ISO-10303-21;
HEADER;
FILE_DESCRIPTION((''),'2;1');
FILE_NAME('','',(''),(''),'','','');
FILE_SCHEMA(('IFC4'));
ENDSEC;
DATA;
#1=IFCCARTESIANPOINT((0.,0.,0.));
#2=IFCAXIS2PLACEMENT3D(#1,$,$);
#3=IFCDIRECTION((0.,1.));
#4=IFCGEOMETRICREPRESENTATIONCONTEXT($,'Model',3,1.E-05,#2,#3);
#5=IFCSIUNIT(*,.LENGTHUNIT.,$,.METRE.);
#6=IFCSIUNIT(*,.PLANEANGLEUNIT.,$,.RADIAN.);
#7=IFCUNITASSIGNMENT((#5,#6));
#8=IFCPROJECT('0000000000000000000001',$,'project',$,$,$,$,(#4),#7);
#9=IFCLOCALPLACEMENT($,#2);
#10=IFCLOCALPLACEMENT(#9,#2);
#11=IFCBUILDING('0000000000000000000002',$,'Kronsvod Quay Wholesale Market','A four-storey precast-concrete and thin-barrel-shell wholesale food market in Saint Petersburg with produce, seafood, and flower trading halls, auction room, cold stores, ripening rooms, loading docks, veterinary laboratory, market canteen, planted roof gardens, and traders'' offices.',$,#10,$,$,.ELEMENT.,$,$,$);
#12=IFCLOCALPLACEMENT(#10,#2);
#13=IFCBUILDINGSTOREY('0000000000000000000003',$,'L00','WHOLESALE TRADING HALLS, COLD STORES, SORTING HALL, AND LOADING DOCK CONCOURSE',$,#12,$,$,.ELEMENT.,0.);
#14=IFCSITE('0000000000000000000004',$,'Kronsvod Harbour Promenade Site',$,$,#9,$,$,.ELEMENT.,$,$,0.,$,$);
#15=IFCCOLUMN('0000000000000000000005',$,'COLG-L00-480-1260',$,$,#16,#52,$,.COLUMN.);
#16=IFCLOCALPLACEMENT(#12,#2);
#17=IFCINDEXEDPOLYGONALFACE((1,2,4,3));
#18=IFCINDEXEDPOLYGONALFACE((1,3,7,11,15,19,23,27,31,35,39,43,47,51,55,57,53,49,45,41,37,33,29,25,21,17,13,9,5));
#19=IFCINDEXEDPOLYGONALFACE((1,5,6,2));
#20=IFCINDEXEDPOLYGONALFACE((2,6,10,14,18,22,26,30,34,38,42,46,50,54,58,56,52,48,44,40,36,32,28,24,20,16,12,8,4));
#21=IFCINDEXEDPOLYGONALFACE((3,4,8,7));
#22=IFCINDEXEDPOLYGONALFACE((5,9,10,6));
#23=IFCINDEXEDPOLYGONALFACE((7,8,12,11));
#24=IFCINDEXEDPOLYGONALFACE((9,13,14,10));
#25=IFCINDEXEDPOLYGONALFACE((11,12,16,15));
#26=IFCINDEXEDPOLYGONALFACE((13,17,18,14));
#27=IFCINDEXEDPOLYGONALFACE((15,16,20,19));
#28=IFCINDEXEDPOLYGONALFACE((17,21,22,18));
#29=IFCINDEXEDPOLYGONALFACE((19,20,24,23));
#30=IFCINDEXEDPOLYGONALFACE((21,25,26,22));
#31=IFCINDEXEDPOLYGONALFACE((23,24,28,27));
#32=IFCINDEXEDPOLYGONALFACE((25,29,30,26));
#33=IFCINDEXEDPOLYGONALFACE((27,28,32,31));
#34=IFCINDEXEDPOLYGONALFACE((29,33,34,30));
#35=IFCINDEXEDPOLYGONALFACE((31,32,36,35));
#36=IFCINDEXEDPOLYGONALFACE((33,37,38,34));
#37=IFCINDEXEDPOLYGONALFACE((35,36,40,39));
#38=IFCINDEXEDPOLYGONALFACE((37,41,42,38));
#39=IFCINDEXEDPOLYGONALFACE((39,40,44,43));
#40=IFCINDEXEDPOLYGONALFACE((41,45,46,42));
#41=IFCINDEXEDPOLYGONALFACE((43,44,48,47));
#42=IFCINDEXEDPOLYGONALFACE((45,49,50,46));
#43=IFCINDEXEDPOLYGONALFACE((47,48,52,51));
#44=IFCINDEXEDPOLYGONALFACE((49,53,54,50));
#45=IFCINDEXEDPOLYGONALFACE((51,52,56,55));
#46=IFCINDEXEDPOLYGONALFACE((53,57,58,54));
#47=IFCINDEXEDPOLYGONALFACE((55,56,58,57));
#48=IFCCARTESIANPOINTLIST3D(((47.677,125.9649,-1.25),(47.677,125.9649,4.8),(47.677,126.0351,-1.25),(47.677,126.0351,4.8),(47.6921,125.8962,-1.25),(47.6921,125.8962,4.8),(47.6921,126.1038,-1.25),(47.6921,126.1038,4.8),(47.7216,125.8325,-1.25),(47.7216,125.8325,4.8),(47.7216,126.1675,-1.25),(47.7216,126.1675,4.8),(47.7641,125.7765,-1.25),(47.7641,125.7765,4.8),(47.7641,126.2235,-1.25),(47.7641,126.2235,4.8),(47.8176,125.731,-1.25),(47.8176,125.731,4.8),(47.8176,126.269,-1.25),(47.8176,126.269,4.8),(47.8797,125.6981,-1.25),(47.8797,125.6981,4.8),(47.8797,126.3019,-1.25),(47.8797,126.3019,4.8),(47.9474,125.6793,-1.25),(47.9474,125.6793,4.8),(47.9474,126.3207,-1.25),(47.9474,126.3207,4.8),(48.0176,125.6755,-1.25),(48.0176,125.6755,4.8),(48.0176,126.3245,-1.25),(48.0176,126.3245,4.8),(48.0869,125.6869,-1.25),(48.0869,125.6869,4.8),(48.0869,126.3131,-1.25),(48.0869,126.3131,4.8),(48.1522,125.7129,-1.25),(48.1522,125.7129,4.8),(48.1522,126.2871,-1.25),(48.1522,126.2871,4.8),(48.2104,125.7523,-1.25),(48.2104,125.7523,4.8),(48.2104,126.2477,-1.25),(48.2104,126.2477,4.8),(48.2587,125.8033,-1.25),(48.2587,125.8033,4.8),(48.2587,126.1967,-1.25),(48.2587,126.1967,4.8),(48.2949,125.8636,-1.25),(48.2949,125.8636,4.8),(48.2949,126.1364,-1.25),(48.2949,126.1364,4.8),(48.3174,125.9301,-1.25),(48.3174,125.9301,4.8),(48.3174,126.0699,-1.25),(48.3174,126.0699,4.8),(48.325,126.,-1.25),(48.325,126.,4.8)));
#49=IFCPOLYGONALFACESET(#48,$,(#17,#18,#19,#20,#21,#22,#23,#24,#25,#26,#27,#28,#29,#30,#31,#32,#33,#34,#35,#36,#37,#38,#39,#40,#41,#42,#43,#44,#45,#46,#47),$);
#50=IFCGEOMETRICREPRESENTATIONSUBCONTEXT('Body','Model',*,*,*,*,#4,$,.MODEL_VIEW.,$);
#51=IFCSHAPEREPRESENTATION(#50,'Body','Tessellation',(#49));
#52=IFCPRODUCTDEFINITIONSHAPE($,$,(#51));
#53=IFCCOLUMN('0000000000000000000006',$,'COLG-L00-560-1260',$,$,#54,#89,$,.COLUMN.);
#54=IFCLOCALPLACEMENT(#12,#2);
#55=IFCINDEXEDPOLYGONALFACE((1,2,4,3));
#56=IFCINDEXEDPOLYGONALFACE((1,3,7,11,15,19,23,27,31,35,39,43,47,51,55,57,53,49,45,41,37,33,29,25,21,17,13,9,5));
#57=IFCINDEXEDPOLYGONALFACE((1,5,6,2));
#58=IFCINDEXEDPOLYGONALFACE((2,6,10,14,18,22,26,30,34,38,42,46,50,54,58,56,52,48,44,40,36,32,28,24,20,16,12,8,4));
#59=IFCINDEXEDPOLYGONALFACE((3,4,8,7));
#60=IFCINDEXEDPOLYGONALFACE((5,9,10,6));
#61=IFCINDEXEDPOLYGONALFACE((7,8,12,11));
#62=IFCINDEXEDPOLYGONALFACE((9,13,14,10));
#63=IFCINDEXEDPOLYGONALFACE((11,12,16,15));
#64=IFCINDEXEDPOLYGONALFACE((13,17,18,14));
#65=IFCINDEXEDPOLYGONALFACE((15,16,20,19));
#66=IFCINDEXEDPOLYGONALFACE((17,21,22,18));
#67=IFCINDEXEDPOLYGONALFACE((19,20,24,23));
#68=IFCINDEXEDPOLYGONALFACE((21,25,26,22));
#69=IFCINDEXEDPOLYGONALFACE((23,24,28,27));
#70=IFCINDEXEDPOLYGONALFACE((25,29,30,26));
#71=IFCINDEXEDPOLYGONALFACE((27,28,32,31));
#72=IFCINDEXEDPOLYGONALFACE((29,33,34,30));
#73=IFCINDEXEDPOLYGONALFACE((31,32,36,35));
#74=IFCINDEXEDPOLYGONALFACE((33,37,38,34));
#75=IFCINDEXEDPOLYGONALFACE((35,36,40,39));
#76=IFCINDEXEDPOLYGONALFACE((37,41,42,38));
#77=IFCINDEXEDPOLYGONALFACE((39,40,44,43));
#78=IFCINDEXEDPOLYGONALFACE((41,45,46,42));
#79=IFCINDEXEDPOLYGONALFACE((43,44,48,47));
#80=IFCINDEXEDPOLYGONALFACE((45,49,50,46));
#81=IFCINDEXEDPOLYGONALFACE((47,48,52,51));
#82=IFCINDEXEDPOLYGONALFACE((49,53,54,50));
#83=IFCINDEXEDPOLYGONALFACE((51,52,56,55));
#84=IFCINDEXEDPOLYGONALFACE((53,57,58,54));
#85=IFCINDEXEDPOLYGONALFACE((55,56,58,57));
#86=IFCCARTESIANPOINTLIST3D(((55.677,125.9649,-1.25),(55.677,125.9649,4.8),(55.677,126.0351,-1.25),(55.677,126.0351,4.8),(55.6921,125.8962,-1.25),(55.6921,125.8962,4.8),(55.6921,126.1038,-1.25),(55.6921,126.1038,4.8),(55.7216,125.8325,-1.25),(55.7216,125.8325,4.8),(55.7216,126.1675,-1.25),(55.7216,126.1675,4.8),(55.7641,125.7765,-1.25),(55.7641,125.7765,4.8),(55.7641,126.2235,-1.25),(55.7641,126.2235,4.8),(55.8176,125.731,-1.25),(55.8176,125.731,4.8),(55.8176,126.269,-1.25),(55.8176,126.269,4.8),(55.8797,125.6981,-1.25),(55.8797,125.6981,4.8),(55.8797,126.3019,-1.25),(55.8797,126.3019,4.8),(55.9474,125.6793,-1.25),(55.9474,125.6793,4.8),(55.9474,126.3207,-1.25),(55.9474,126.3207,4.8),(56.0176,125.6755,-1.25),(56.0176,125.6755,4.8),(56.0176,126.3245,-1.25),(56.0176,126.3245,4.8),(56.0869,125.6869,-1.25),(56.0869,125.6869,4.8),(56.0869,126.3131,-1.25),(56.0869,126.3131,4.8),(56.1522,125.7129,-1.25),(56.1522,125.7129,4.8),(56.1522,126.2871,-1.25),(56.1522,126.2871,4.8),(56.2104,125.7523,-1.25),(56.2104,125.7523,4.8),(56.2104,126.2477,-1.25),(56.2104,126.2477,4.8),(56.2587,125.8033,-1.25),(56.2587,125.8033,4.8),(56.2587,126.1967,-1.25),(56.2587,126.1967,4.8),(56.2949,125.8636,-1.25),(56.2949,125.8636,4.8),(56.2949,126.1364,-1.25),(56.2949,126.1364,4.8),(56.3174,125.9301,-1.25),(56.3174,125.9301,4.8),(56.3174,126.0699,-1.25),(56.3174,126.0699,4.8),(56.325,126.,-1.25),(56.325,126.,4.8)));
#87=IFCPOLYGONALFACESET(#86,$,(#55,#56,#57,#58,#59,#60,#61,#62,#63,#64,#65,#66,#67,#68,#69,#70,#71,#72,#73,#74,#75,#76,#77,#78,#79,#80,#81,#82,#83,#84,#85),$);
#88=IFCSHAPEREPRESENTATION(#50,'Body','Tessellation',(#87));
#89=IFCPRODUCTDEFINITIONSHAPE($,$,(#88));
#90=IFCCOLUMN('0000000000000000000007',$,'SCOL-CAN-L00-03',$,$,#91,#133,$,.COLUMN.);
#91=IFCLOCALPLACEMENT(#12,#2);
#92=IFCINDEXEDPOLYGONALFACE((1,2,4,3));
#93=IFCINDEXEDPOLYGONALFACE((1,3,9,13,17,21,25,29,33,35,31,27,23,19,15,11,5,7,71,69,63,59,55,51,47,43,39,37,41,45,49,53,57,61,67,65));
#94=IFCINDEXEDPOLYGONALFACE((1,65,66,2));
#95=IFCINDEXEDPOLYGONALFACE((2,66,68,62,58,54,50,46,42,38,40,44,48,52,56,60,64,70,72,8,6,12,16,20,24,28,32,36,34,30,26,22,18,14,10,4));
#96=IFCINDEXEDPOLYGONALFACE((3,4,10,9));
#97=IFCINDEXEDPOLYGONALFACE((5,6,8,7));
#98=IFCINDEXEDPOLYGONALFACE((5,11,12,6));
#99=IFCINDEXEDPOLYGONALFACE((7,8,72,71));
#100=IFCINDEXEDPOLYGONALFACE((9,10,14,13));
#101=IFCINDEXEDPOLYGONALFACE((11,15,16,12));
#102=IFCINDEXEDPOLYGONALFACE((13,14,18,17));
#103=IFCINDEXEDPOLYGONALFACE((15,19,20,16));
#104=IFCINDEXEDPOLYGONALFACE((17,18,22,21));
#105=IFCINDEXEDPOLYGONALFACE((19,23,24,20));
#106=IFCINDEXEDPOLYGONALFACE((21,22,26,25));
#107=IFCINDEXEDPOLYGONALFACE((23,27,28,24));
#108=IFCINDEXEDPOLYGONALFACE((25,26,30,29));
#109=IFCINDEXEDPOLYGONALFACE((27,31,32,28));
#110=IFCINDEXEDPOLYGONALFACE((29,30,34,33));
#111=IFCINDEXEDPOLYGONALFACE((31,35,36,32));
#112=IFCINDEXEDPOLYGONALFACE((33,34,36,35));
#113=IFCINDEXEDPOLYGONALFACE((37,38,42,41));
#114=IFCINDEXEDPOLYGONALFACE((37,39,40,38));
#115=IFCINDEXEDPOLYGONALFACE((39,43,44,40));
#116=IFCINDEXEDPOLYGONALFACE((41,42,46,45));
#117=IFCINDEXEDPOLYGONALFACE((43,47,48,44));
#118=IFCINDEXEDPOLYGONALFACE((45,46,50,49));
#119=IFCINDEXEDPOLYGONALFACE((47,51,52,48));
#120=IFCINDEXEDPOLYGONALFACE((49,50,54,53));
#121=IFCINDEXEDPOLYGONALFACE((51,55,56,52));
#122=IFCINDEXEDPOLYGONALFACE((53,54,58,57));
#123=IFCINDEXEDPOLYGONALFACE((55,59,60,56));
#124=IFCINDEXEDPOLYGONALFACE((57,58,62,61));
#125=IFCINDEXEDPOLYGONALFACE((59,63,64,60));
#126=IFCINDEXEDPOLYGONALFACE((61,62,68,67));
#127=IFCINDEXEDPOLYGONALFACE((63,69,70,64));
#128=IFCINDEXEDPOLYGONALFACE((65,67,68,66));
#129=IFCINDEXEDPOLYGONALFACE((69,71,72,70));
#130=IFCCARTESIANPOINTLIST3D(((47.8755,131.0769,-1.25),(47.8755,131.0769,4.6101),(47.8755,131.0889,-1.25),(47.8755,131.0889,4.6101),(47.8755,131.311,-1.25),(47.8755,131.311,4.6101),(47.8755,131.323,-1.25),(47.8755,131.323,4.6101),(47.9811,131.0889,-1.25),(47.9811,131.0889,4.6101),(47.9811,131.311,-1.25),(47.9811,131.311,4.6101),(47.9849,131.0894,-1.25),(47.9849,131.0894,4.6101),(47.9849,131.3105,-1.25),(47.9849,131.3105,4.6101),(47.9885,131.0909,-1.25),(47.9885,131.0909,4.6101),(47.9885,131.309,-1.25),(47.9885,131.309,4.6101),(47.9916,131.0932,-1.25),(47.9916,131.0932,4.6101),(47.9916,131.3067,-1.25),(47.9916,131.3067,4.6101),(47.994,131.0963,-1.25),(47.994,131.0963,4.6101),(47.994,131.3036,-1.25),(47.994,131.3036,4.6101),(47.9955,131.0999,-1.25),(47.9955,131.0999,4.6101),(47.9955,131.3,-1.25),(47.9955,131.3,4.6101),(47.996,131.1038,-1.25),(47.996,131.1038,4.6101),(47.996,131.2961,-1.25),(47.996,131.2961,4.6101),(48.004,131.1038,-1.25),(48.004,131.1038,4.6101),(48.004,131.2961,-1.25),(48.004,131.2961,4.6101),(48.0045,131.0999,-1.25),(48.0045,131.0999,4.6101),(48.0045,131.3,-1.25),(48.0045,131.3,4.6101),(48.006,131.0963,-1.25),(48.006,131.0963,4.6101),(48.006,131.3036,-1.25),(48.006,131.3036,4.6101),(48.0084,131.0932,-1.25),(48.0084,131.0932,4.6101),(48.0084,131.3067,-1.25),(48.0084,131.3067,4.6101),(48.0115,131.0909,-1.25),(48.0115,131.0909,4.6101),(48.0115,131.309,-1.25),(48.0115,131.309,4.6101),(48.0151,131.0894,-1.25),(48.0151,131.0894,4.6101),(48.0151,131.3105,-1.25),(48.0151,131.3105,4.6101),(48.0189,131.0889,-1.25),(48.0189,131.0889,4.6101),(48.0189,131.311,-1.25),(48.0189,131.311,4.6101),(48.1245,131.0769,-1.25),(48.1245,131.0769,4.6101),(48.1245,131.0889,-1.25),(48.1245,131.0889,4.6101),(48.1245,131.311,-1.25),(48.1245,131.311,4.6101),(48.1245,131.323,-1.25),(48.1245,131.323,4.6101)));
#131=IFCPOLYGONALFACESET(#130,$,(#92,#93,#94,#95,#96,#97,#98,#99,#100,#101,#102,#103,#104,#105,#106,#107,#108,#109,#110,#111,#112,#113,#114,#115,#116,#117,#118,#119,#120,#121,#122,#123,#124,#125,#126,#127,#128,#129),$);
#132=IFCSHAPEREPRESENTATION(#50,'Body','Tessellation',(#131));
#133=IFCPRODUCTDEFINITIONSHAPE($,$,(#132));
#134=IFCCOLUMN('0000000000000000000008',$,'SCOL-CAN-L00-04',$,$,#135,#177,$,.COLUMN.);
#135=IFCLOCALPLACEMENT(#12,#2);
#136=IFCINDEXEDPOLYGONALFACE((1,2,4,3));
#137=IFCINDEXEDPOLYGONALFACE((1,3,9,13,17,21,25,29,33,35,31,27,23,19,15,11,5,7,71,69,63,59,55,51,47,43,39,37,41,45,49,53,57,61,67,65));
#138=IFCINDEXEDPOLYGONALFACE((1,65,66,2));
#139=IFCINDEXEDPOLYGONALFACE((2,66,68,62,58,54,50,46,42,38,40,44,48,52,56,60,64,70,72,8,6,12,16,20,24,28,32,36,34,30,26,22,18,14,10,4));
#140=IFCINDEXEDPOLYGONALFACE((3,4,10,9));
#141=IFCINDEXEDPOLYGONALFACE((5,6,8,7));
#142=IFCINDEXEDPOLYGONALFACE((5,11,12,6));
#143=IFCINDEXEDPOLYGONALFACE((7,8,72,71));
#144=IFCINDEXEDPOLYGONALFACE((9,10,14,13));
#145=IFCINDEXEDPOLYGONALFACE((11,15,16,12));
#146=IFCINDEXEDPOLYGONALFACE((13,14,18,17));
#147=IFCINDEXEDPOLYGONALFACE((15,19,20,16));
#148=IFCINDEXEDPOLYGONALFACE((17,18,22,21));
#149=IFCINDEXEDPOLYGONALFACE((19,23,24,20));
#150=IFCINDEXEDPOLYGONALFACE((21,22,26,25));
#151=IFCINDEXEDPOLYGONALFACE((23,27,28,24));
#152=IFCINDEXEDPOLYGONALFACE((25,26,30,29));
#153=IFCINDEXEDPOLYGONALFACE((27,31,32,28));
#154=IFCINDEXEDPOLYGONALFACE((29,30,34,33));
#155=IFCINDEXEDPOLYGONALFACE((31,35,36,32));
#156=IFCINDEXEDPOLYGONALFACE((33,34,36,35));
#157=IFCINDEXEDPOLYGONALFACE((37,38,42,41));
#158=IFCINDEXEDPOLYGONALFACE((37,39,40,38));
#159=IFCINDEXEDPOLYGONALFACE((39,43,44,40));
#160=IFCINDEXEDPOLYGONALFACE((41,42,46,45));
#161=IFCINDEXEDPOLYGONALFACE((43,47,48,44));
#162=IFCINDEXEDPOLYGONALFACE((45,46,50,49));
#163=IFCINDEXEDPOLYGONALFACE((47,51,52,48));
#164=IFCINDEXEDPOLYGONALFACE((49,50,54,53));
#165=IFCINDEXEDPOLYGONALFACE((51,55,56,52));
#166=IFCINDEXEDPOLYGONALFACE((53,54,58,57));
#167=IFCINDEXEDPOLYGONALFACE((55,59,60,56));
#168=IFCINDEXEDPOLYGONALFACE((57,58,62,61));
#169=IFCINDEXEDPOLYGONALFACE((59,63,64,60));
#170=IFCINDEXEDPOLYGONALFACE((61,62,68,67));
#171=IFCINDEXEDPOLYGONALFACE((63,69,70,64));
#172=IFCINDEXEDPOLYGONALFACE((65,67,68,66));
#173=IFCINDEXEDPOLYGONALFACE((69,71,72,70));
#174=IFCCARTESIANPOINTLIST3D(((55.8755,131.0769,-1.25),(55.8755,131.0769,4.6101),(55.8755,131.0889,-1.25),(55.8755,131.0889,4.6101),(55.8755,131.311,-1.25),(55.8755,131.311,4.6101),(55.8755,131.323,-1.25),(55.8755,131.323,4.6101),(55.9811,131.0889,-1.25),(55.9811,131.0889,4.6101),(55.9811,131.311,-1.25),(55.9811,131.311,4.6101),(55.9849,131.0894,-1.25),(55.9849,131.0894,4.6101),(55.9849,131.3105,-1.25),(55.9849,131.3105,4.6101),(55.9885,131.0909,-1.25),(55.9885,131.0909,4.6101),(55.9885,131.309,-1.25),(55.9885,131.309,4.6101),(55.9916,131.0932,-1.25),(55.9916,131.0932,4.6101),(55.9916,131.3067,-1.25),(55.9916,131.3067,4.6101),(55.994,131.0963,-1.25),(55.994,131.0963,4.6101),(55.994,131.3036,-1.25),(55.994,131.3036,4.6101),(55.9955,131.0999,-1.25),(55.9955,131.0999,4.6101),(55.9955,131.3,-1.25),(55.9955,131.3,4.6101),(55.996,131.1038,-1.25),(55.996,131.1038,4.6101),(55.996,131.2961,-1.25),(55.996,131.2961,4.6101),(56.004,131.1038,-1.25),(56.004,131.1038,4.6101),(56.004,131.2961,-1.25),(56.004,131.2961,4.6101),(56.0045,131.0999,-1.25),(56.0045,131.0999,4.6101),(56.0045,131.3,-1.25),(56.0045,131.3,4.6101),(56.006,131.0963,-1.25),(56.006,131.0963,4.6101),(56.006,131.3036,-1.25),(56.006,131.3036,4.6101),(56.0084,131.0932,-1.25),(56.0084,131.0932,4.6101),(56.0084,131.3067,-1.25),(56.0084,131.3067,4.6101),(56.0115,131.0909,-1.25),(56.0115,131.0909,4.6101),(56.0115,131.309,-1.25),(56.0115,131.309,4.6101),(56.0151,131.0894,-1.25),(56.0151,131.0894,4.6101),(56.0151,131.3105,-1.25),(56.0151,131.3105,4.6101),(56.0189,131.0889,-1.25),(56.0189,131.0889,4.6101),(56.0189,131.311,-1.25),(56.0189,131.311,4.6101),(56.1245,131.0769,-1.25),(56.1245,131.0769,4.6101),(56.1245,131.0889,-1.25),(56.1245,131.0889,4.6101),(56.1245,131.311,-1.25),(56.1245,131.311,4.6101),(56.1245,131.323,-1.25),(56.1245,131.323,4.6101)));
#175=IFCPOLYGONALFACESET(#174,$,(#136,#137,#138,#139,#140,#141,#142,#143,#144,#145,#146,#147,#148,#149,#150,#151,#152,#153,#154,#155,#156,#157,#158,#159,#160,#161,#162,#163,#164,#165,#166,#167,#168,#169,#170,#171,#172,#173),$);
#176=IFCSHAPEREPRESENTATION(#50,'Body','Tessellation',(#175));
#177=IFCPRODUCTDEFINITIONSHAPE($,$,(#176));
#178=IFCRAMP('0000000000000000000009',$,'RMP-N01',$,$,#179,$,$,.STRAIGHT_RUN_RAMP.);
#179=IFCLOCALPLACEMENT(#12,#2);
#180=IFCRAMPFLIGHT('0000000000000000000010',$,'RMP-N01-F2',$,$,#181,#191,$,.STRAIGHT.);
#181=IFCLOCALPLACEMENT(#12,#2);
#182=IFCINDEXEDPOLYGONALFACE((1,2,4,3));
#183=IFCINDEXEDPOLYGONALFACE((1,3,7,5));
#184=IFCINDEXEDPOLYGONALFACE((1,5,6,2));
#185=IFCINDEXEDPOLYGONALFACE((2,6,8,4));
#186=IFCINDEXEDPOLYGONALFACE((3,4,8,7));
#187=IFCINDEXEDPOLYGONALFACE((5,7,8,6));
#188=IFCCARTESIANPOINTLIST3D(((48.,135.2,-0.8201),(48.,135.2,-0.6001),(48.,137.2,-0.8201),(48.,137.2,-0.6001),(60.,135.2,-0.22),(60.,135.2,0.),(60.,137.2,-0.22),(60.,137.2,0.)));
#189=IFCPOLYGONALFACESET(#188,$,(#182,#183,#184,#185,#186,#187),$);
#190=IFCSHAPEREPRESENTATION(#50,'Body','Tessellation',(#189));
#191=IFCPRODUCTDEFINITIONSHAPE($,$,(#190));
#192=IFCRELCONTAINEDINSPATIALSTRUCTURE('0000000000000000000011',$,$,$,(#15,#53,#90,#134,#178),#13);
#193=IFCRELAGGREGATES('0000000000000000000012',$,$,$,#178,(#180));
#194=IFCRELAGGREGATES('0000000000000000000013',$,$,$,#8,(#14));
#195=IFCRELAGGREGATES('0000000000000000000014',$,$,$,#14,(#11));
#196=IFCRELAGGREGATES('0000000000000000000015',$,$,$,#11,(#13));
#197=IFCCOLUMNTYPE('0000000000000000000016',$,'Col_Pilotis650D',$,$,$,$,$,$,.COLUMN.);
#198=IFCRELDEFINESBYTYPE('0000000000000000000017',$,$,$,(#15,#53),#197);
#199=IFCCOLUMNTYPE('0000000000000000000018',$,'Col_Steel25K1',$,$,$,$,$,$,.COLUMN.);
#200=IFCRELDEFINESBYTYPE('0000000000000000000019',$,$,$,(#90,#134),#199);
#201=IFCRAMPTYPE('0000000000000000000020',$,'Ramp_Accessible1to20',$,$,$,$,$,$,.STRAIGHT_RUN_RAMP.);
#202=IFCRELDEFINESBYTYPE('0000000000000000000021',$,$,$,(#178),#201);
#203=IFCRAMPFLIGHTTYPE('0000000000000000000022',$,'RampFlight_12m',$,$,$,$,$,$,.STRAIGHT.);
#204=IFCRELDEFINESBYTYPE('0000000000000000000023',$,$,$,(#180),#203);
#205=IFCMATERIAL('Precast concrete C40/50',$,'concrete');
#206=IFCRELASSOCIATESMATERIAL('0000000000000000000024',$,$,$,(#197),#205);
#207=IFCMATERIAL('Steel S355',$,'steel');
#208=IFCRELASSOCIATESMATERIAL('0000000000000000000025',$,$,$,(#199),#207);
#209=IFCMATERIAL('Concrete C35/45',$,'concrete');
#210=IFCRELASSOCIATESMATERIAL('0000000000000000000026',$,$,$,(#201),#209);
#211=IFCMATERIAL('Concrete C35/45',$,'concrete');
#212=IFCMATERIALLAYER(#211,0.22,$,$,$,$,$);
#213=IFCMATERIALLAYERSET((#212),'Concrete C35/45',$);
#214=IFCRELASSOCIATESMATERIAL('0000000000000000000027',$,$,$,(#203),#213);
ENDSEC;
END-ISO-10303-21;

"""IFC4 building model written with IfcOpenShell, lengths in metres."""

from ifc_helpers import new_model, si_unit, direction, frame, origin, origin_2d, place, context, subcontext, project, spatial, polyline, circle, i_section, outline, extrude, material, layer, layer_set, material_profile, profile_set, type_object, element, aggregate, save


model = new_model("IFC4")

# Units and contexts
model_context = context("Model", 3, precision=1e-05, world=origin(), true_north=direction((0.0, 1.0)))
body_context = subcontext(model_context, "Body", "Model", "MODEL_VIEW")
ifc_project = project(units=[si_unit("LENGTHUNIT", "METRE"), si_unit("PLANEANGLEUNIT", "RADIAN")], contexts=[model_context])

# Site, building, storey
site_placement = place(None, origin())
site = spatial("IfcSite", under=ifc_project, at=site_placement, Name="Kronsvod Harbour Promenade Site", CompositionType="ELEMENT", RefElevation=0.0)
building_placement = place(site_placement, origin())
building = spatial("IfcBuilding", under=site, at=building_placement, Name="Kronsvod Quay Wholesale Market", Description="A four-storey precast-concrete and thin-barrel-shell wholesale food market in Saint Petersburg with produce, seafood, and flower trading halls, auction room, cold stores, ripening rooms, loading docks, veterinary laboratory, market canteen, planted roof gardens, and traders' offices.", CompositionType="ELEMENT")
storey_placement = place(building_placement, origin())
storey = spatial("IfcBuildingStorey", under=building, at=storey_placement, Name="L00", Description="WHOLESALE TRADING HALLS, COLD STORES, SORTING HALL, AND LOADING DOCK CONCOURSE", CompositionType="ELEMENT", Elevation=0.0)

# Columns
ifc_material_1 = material(Name="Precast concrete C40/50", Category="concrete")
ifc_material_profile_1 = material_profile(ifc_material_1, circle(Radius=0.325, at=origin_2d()), Name="PCPIL650D")
ifc_profile_set_1 = profile_set([ifc_material_profile_1], Name="Precast concrete C40/50")
column_type_1 = type_object("IfcColumnType", Name="Col_Pilotis650D", PredefinedType="COLUMN", material=ifc_profile_set_1)
for number, where, z_axis, x_axis, name in (
    (1, (48.0, 126.0, -1.25), (0.0, 0.0, 1.0), (1.0, 0.0, 0.0), "COLG-L00-480-1260"),
    (2, (56.0, 126.0, -1.25), (0.0, 0.0, 1.0), (1.0, 0.0, 0.0), "COLG-L00-560-1260"),
):
    element("IfcColumn", number, at=place(storey_placement, frame(where, z_axis=z_axis, x_axis=x_axis)), inside=storey, type_object=column_type_1, Name=name, PredefinedType="COLUMN", context=body_context, shape_type="SweptSolid", body=[
        extrude(circle(Radius=0.325, at=origin_2d()), origin(), (0.0, 0.0, 1.0), 6.05),
    ])
ifc_material_2 = material(Name="Steel S355", Category="steel")
ifc_material_profile_2 = material_profile(ifc_material_2, i_section(OverallWidth=0.249, OverallDepth=0.2461, WebThickness=0.0081, FlangeThickness=0.012, FilletRadius=0.0149, at=origin_2d()), Name="25K1")
ifc_profile_set_2 = profile_set([ifc_material_profile_2], Name="Steel S355")
column_type_2 = type_object("IfcColumnType", Name="Col_Steel25K1", PredefinedType="COLUMN", material=ifc_profile_set_2)
for number, where, z_axis, x_axis, name in (
    (3, (48.0, 131.2, -1.25), (0.0, 0.0, 1.0), (1.0, 0.0, 0.0), "SCOL-CAN-L00-03"),
    (4, (56.0, 131.2, -1.25), (0.0, 0.0, 1.0), (1.0, 0.0, 0.0), "SCOL-CAN-L00-04"),
):
    element("IfcColumn", number, at=place(storey_placement, frame(where, z_axis=z_axis, x_axis=x_axis)), inside=storey, type_object=column_type_2, Name=name, PredefinedType="COLUMN", context=body_context, shape_type="SweptSolid", body=[
        extrude(i_section(OverallWidth=0.249, OverallDepth=0.2461, WebThickness=0.0081, FlangeThickness=0.012, FilletRadius=0.0149, at=origin_2d()), origin(), (0.0, 0.0, 1.0), 5.8601),
    ])

# Ramp, ramp flight
ifc_material_3 = material(Name="Concrete C35/45", Category="concrete")
ramp_type = type_object("IfcRampType", Name="Ramp_Accessible1to20", PredefinedType="STRAIGHT_RUN_RAMP", material=ifc_material_3)
ramp_placement = place(storey_placement, origin())
ramp = element("IfcRamp", 5, at=ramp_placement, inside=storey, type_object=ramp_type, Name="RMP-N01", PredefinedType="STRAIGHT_RUN_RAMP")
ifc_material_4 = material(Name="Concrete C35/45", Category="concrete")
ifc_layer = layer(ifc_material_4, 0.22)
ifc_layer_set = layer_set([ifc_layer], Name="Concrete C35/45")
ramp_flight_type = type_object("IfcRampFlightType", Name="RampFlight_12m", PredefinedType="STRAIGHT", material=ifc_layer_set)
ramp_flight_placement = place(storey_placement, frame((48.0, 136.2, -0.6001), z_axis=(0.0, 0.0, 1.0), x_axis=(1.0, 0.0, 0.0)))
ramp_flight = element("IfcRampFlight", 6, at=ramp_flight_placement, type_object=ramp_flight_type, Name="RMP-N01-F2", PredefinedType="STRAIGHT", context=body_context, shape_type="SweptSolid", body=[
    extrude(outline(polyline([(0.0, 0.0), (0.0, -0.22), (12.0, 0.3801), (12.0, 0.6001), (0.0, 0.0)])), frame((0.0, 1.0, 0.0), z_axis=(0.0, -1.0, 0.0), x_axis=(1.0, 0.0, 0.0)), (0.0, 0.0, 1.0), 2.0),
])
aggregate(ramp, [ramp_flight])

save(model, "model.ifc")
